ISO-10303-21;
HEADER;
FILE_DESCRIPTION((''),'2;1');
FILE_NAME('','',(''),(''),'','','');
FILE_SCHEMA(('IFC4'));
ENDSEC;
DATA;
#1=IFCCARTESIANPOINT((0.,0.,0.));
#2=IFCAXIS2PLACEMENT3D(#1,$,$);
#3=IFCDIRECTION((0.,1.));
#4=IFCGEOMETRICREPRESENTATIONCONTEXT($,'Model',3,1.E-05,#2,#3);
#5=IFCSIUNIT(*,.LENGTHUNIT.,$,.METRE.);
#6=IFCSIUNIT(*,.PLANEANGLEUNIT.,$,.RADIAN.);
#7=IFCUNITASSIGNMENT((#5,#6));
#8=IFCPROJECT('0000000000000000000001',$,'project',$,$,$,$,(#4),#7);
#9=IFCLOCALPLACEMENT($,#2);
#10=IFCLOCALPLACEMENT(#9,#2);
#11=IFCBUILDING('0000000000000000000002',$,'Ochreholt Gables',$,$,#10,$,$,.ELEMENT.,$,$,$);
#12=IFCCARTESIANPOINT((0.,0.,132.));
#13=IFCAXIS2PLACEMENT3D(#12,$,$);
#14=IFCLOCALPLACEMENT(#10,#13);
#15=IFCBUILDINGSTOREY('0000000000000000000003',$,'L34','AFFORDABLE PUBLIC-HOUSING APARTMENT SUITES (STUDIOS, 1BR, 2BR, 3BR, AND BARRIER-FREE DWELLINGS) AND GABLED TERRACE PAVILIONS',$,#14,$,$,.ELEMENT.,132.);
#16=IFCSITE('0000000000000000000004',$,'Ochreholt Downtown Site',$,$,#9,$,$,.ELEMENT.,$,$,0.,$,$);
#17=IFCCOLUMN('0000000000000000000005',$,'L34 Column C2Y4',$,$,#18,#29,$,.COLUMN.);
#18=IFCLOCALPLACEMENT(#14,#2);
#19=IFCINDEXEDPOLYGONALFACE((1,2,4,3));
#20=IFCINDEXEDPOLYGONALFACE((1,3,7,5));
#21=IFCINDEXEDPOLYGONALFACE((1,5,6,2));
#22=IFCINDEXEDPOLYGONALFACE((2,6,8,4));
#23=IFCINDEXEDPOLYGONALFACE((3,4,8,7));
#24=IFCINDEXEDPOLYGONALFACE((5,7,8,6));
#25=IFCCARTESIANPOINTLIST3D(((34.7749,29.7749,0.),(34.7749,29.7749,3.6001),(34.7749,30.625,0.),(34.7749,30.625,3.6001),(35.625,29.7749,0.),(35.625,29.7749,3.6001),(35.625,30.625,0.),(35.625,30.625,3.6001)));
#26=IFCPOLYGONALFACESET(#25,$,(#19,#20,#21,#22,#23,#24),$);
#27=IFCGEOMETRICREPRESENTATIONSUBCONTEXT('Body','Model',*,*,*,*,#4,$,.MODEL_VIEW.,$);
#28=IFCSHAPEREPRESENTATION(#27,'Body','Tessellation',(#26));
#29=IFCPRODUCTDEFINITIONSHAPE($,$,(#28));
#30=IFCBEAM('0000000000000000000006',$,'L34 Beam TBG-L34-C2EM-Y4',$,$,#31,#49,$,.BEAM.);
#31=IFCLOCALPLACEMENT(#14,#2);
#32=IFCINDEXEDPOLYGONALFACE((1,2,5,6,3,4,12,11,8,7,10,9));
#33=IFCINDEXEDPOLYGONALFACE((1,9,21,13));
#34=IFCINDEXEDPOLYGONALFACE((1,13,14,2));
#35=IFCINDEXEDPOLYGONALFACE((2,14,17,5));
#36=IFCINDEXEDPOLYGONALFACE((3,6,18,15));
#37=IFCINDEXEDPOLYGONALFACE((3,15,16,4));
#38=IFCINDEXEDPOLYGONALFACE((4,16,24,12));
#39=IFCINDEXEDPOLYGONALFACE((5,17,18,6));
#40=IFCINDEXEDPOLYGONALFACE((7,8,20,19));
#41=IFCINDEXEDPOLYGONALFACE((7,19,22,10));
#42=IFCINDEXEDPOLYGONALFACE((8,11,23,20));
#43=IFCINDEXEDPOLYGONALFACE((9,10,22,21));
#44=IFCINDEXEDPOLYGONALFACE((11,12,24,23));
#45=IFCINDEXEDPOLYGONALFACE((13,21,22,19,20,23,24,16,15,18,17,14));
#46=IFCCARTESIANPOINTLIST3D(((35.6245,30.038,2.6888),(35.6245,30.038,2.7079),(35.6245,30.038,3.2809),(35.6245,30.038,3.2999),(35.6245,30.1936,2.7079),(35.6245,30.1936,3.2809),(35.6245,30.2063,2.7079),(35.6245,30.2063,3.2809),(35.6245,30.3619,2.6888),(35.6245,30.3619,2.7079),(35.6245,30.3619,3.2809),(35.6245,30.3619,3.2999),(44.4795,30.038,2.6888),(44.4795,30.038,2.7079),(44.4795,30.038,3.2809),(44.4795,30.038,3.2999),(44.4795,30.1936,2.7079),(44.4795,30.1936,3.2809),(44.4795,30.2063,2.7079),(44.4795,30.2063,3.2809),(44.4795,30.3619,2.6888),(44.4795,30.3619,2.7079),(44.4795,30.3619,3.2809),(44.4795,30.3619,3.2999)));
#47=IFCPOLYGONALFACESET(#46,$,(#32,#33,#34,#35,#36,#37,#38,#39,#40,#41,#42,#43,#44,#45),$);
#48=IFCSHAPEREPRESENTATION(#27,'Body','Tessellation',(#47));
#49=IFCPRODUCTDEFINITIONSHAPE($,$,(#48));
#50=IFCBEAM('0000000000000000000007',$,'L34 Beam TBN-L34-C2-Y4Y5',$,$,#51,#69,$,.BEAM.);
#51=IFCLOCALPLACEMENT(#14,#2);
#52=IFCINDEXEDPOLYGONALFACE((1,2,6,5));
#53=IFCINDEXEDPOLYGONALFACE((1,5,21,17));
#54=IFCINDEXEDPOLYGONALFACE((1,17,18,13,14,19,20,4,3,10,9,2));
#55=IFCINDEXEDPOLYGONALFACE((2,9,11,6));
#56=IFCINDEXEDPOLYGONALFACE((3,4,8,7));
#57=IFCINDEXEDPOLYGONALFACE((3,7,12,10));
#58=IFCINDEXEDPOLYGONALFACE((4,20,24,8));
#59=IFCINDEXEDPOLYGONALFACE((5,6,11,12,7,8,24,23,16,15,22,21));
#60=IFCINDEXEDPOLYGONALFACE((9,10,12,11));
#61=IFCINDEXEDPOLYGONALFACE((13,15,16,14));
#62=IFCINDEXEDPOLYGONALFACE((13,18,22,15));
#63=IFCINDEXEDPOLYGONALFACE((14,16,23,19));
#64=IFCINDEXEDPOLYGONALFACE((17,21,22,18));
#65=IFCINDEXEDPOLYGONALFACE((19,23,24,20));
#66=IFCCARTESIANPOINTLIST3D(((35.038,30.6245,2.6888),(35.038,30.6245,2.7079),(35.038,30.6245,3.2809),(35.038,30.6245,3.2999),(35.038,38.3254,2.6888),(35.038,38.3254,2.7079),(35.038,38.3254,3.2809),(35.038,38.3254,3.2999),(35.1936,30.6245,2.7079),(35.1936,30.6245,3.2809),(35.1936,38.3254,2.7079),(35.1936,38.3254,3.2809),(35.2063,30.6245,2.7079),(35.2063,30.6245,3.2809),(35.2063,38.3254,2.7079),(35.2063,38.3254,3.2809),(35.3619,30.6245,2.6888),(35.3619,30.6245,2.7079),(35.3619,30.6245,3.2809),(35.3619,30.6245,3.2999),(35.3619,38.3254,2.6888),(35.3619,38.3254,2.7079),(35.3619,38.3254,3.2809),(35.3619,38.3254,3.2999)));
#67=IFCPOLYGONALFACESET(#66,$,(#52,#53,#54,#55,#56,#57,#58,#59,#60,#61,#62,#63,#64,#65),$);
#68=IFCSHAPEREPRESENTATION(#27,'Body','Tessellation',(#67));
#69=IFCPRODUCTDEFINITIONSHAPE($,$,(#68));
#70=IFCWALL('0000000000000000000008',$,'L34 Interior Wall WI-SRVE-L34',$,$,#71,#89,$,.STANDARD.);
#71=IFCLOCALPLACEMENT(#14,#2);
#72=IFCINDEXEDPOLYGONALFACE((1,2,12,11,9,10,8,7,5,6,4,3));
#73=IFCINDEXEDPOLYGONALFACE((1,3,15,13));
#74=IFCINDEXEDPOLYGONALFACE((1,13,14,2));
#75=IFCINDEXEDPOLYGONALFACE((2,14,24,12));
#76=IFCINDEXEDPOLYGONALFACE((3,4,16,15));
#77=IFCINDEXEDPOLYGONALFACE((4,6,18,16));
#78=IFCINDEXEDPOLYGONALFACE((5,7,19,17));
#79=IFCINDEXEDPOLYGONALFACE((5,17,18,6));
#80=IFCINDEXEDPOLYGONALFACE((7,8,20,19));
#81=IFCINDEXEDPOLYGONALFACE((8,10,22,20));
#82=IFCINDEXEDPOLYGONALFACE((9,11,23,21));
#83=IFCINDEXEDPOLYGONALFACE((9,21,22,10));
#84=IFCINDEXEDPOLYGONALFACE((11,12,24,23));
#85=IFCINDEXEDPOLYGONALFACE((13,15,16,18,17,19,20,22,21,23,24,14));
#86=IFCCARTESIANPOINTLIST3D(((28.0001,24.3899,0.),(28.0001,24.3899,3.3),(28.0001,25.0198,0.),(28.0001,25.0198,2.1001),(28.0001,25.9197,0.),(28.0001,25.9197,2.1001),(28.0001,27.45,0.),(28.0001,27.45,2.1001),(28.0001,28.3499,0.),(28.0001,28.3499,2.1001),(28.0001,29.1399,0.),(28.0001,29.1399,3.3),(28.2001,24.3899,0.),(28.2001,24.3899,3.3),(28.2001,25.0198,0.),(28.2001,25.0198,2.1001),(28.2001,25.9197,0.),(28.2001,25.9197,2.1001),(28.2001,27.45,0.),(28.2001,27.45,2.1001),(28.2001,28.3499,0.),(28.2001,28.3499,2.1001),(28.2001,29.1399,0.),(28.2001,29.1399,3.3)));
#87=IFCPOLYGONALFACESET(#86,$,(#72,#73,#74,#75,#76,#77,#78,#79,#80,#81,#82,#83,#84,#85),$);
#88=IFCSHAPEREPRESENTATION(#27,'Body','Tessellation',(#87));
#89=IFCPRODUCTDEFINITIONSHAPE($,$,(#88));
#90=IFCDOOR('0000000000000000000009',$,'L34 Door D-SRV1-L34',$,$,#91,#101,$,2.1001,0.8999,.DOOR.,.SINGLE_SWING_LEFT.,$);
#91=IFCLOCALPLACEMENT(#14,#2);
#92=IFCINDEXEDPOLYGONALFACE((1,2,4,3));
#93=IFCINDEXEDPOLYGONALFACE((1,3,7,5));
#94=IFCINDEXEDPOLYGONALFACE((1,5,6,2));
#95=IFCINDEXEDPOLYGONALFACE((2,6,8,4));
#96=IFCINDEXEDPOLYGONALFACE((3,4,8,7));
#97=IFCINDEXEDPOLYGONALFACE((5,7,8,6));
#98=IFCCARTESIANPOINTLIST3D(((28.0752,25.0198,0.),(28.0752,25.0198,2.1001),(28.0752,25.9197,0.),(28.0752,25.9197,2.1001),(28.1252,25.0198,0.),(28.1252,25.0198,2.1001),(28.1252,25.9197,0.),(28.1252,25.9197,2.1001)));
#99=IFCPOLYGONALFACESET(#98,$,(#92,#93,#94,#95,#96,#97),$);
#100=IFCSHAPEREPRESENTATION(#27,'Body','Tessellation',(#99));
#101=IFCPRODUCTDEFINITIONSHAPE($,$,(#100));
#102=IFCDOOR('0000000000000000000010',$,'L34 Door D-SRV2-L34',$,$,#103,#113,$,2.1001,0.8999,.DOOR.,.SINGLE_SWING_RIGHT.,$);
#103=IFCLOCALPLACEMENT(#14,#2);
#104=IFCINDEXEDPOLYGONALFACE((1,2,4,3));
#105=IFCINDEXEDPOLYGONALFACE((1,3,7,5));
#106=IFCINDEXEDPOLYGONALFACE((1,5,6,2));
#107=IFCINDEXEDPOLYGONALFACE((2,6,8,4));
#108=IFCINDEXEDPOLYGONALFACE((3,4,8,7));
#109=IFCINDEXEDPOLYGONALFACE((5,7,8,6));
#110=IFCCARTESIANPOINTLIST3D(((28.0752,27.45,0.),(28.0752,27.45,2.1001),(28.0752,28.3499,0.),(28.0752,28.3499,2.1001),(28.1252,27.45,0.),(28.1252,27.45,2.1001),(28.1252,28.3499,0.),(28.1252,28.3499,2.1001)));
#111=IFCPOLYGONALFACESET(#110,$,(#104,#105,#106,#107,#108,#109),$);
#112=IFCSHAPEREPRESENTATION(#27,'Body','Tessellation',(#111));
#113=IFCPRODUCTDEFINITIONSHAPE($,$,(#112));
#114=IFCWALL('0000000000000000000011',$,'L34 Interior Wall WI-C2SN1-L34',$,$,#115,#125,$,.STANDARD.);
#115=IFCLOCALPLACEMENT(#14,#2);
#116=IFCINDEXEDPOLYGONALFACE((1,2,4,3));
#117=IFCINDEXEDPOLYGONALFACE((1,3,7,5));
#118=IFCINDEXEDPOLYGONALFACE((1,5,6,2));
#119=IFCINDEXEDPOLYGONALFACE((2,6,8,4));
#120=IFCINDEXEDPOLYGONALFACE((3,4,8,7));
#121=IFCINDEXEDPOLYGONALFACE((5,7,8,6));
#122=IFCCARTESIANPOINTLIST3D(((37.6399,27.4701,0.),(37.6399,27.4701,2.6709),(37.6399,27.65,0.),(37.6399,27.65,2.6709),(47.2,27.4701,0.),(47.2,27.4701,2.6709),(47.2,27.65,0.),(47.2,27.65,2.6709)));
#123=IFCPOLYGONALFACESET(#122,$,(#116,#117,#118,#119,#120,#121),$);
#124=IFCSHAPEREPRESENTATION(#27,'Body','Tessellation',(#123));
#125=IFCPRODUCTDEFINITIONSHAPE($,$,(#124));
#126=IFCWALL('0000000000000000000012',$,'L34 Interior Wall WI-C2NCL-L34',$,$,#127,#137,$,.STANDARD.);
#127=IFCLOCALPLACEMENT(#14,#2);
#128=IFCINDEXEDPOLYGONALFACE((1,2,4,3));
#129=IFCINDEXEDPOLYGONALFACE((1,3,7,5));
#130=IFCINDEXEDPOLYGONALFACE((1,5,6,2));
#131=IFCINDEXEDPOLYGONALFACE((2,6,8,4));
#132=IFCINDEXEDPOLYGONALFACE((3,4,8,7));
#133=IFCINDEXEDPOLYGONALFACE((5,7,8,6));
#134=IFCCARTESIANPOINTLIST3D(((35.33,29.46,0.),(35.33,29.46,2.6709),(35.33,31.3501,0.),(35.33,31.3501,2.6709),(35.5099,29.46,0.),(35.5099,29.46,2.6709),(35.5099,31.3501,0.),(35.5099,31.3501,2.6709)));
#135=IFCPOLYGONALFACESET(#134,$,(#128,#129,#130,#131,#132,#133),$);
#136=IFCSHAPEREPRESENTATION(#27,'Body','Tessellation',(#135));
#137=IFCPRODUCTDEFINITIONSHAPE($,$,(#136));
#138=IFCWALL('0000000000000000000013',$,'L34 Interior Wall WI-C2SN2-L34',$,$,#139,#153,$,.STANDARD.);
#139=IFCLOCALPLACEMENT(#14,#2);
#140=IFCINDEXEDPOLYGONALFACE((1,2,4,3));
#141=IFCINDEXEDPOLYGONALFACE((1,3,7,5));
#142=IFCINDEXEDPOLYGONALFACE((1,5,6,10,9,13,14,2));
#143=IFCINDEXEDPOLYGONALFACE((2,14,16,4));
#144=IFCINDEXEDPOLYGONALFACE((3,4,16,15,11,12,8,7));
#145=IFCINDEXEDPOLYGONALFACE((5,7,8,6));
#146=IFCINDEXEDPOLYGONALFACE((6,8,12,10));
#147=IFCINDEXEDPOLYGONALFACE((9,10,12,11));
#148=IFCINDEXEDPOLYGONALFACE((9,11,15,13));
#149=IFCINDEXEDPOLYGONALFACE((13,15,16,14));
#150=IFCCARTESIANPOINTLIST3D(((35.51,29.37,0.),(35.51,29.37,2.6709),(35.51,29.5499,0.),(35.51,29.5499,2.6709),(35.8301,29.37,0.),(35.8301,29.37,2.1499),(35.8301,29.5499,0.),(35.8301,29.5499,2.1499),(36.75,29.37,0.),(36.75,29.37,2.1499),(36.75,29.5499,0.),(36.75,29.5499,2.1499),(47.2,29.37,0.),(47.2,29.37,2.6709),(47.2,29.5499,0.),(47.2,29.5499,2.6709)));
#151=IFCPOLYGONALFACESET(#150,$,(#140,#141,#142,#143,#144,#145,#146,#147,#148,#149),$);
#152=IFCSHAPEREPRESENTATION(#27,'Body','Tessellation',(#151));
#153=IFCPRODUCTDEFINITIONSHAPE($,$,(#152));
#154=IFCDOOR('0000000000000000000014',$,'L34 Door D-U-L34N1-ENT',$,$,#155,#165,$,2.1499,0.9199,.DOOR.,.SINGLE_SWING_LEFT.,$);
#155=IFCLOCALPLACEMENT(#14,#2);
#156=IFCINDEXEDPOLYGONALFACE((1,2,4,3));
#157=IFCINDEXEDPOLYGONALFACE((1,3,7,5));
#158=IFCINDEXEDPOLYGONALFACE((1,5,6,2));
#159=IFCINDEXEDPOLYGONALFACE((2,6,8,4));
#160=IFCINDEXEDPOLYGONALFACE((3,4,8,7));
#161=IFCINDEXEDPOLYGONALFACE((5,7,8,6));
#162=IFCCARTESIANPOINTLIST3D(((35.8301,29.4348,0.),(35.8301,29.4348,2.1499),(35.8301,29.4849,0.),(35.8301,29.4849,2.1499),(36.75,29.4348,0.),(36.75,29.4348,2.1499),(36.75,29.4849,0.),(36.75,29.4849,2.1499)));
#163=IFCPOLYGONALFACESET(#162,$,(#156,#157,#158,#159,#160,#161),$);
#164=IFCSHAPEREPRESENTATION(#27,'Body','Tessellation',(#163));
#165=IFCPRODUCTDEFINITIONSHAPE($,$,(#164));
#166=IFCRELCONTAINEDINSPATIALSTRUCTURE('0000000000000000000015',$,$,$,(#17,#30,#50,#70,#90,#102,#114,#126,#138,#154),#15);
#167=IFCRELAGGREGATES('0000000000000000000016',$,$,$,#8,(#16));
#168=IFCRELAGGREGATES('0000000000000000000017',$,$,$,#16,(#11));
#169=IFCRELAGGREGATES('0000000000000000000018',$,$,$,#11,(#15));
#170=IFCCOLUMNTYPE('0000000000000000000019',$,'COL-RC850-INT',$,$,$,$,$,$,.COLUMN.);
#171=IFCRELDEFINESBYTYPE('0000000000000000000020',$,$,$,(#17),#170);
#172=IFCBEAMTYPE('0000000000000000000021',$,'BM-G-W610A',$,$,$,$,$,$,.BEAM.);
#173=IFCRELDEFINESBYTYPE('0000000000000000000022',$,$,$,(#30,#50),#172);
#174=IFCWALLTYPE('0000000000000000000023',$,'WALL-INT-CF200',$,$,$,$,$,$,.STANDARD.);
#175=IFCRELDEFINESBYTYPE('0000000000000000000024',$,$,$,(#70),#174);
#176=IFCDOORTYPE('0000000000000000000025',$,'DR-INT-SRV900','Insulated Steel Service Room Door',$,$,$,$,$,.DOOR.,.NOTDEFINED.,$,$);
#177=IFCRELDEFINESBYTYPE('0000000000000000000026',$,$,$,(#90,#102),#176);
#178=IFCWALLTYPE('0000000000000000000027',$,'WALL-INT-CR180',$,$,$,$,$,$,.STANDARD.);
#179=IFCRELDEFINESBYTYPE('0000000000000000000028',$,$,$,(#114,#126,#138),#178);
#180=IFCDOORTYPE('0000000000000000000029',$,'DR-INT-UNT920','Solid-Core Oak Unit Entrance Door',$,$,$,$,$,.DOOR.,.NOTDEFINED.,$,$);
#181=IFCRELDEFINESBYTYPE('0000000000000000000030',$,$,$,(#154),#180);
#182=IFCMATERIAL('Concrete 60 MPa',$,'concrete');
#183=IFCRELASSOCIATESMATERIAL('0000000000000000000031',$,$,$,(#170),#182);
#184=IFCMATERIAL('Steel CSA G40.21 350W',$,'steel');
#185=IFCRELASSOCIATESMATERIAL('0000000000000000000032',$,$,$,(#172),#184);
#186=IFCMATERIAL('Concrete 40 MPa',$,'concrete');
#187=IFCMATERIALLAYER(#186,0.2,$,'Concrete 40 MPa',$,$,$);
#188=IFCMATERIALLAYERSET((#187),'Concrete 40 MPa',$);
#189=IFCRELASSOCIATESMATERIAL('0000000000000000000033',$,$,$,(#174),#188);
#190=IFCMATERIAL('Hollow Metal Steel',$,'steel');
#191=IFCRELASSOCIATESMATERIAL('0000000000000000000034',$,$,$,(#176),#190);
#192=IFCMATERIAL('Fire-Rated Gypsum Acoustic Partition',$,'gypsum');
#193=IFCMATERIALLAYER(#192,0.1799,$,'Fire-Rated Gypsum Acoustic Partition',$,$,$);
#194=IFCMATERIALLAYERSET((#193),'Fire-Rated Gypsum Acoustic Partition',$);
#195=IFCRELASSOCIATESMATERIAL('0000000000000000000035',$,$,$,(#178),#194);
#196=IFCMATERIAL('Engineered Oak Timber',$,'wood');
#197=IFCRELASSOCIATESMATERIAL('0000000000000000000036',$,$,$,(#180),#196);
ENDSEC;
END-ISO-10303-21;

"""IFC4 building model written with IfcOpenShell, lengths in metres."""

from ifc_helpers import new_model, si_unit, direction, frame, frame_2d, origin, origin_2d, place, context, subcontext, project, spatial, rectangle, i_section, extrude, material, layer, layer_set, material_profile, profile_set, type_object, element, fill, save


model = new_model("IFC4")

# Units and contexts
model_context = context("Model", 3, precision=1e-05, world=origin(), true_north=direction((0.0, 1.0)))
body_context = subcontext(model_context, "Body", "Model", "MODEL_VIEW")
ifc_project = project(units=[si_unit("LENGTHUNIT", "METRE"), si_unit("PLANEANGLEUNIT", "RADIAN")], contexts=[model_context])

# Site, building, storey
site_placement = place(None, origin())
site = spatial("IfcSite", under=ifc_project, at=site_placement, Name="Ochreholt Downtown Site", CompositionType="ELEMENT", RefElevation=0.0)
building_placement = place(site_placement, origin())
building = spatial("IfcBuilding", under=site, at=building_placement, Name="Ochreholt Gables", CompositionType="ELEMENT")
storey_placement = place(building_placement, frame((0.0, 0.0, 132.0)))
storey = spatial("IfcBuildingStorey", under=building, at=storey_placement, Name="L34", Description="AFFORDABLE PUBLIC-HOUSING APARTMENT SUITES (STUDIOS, 1BR, 2BR, 3BR, AND BARRIER-FREE DWELLINGS) AND GABLED TERRACE PAVILIONS", CompositionType="ELEMENT", Elevation=132.0)

# Column
ifc_material_1 = material(Name="Concrete 60 MPa", Category="concrete")
ifc_material_profile_1 = material_profile(ifc_material_1, rectangle(XDim=0.8501, YDim=0.8501, at=origin_2d()), Name="RC850X850")
ifc_profile_set_1 = profile_set([ifc_material_profile_1], Name="Concrete 60 MPa")
column_type = type_object("IfcColumnType", Name="COL-RC850-INT", PredefinedType="COLUMN", material=ifc_profile_set_1)
column_placement = place(storey_placement, frame((35.2, 30.2, 0.0), z_axis=(0.0, 0.0, 1.0), x_axis=(1.0, 0.0, 0.0)))
element("IfcColumn", 1, at=column_placement, inside=storey, type_object=column_type, Name="L34 Column C2Y4", PredefinedType="COLUMN", context=body_context, shape_type="SweptSolid", body=[
    extrude(rectangle(XDim=0.8501, YDim=0.8501, at=origin_2d()), origin(), (0.0, 0.0, 1.0), 3.6001),
])

# Beams
ifc_material_2 = material(Name="Steel CSA G40.21 350W", Category="steel")
ifc_material_profile_2 = material_profile(ifc_material_2, i_section(OverallWidth=0.324, OverallDepth=0.6111, WebThickness=0.0127, FlangeThickness=0.019, at=origin_2d()), Name="W610X155")
ifc_profile_set_2 = profile_set([ifc_material_profile_2], Name="Steel CSA G40.21 350W")
beam_type = type_object("IfcBeamType", Name="BM-G-W610A", PredefinedType="BEAM", material=ifc_profile_set_2)
beam_1_placement = place(storey_placement, frame((35.6245, 30.2, 2.9944), z_axis=(1.0, 0.0, 0.0), x_axis=(0.0, 1.0, 0.0)))
element("IfcBeam", 2, at=beam_1_placement, inside=storey, type_object=beam_type, Name="L34 Beam TBG-L34-C2EM-Y4", PredefinedType="BEAM", context=body_context, shape_type="SweptSolid", body=[
    extrude(i_section(OverallWidth=0.324, OverallDepth=0.6111, WebThickness=0.0127, FlangeThickness=0.019, at=origin_2d()), origin(), (0.0, 0.0, 1.0), 8.855),
])
beam_2_placement = place(storey_placement, frame((35.2, 30.6245, 2.9944), z_axis=(0.0, 1.0, 0.0), x_axis=(-1.0, 0.0, 0.0)))
element("IfcBeam", 3, at=beam_2_placement, inside=storey, type_object=beam_type, Name="L34 Beam TBN-L34-C2-Y4Y5", PredefinedType="BEAM", context=body_context, shape_type="SweptSolid", body=[
    extrude(i_section(OverallWidth=0.324, OverallDepth=0.6111, WebThickness=0.0127, FlangeThickness=0.019, at=origin_2d()), origin(), (0.0, 0.0, 1.0), 7.7009),
])

# Wall, openings, doors
ifc_material_3 = material(Name="Concrete 40 MPa", Category="concrete")
ifc_layer_1 = layer(ifc_material_3, 0.2, Name="Concrete 40 MPa")
ifc_layer_set_1 = layer_set([ifc_layer_1], Name="Concrete 40 MPa")
wall_type_1 = type_object("IfcWallType", Name="WALL-INT-CF200", PredefinedType="STANDARD", material=ifc_layer_set_1)
wall_1_placement = place(storey_placement, frame((28.1001, 24.3899, 0.0), z_axis=(0.0, 0.0, 1.0), x_axis=(0.0, 1.0, 0.0)))
wall_1 = element("IfcWall", 4, at=wall_1_placement, inside=storey, type_object=wall_type_1, Name="L34 Interior Wall WI-SRVE-L34", PredefinedType="STANDARD", context=body_context, shape_type="SweptSolid", body=[
    extrude(rectangle(XDim=4.75, YDim=0.2, at=frame_2d((2.375, 0.0))), origin(), (0.0, 0.0, 1.0), 3.3),
])
opening_1_placement = place(wall_1_placement, frame((0.6299, 0.0, 0.0)))
opening_1 = element("IfcOpeningElement", 5, at=opening_1_placement, cuts=wall_1, PredefinedType="OPENING", context=body_context, shape_type="SweptSolid", body=[
    extrude(rectangle(XDim=0.8999, YDim=2.1001, at=frame_2d((0.45, 1.05))), frame((0.0, 0.1099, 0.0), z_axis=(0.0, -1.0, 0.0), x_axis=(1.0, 0.0, 0.0)), (0.0, 0.0, 1.0), 0.22),
])
opening_2_placement = place(wall_1_placement, frame((3.0601, 0.0, 0.0)))
opening_2 = element("IfcOpeningElement", 6, at=opening_2_placement, cuts=wall_1, PredefinedType="OPENING", context=body_context, shape_type="SweptSolid", body=[
    extrude(rectangle(XDim=0.8999, YDim=2.1001, at=frame_2d((0.45, 1.05))), frame((0.0, 0.1099, 0.0), z_axis=(0.0, -1.0, 0.0), x_axis=(1.0, 0.0, 0.0)), (0.0, 0.0, 1.0), 0.22),
])
ifc_material_4 = material(Name="Hollow Metal Steel", Category="steel")
door_type_1 = type_object("IfcDoorType", Name="DR-INT-SRV900", Description="Insulated Steel Service Room Door", OperationType="NOTDEFINED", PredefinedType="DOOR", material=ifc_material_4)
door_1_placement = place(opening_1_placement, origin())
door_1 = element("IfcDoor", 7, at=door_1_placement, inside=storey, type_object=door_type_1, Name="L34 Door D-SRV1-L34", OperationType="SINGLE_SWING_LEFT", OverallHeight=2.1001, OverallWidth=0.8999, PredefinedType="DOOR", context=body_context, shape_type="SweptSolid", body=[
    extrude(rectangle(XDim=0.8999, YDim=2.1001, at=frame_2d((0.45, 1.05))), frame((0.0, 0.0249, 0.0), z_axis=(0.0, -1.0, 0.0), x_axis=(1.0, 0.0, 0.0)), (0.0, 0.0, 1.0), 0.05),
])
fill(opening_1, door_1)
door_2_placement = place(opening_2_placement, origin())
door_2 = element("IfcDoor", 8, at=door_2_placement, inside=storey, type_object=door_type_1, Name="L34 Door D-SRV2-L34", OperationType="SINGLE_SWING_RIGHT", OverallHeight=2.1001, OverallWidth=0.8999, PredefinedType="DOOR", context=body_context, shape_type="SweptSolid", body=[
    extrude(rectangle(XDim=0.8999, YDim=2.1001, at=frame_2d((0.45, 1.05))), frame((0.0, 0.0249, 0.0), z_axis=(0.0, -1.0, 0.0), x_axis=(1.0, 0.0, 0.0)), (0.0, 0.0, 1.0), 0.05),
])
fill(opening_2, door_2)

# Walls
ifc_material_5 = material(Name="Fire-Rated Gypsum Acoustic Partition", Category="gypsum")
ifc_layer_2 = layer(ifc_material_5, 0.1799, Name="Fire-Rated Gypsum Acoustic Partition")
ifc_layer_set_2 = layer_set([ifc_layer_2], Name="Fire-Rated Gypsum Acoustic Partition")
wall_type_2 = type_object("IfcWallType", Name="WALL-INT-CR180", PredefinedType="STANDARD", material=ifc_layer_set_2)
wall_2_placement = place(storey_placement, frame((37.6399, 27.5601, 0.0), z_axis=(0.0, 0.0, 1.0), x_axis=(1.0, 0.0, 0.0)))
element("IfcWall", 9, at=wall_2_placement, inside=storey, type_object=wall_type_2, Name="L34 Interior Wall WI-C2SN1-L34", PredefinedType="STANDARD", context=body_context, shape_type="SweptSolid", body=[
    extrude(rectangle(XDim=9.5601, YDim=0.1799, at=frame_2d((4.78, 0.0))), origin(), (0.0, 0.0, 1.0), 2.6709),
])
wall_3_placement = place(storey_placement, frame((35.4199, 29.46, 0.0), z_axis=(0.0, 0.0, 1.0), x_axis=(0.0, 1.0, 0.0)))
element("IfcWall", 10, at=wall_3_placement, inside=storey, type_object=wall_type_2, Name="L34 Interior Wall WI-C2NCL-L34", PredefinedType="STANDARD", context=body_context, shape_type="SweptSolid", body=[
    extrude(rectangle(XDim=1.8901, YDim=0.1799, at=frame_2d((0.9451, 0.0))), origin(), (0.0, 0.0, 1.0), 2.6709),
])

# Wall, opening, door
wall_4_placement = place(storey_placement, frame((35.51, 29.46, 0.0), z_axis=(0.0, 0.0, 1.0), x_axis=(1.0, 0.0, 0.0)))
wall_4 = element("IfcWall", 11, at=wall_4_placement, inside=storey, type_object=wall_type_2, Name="L34 Interior Wall WI-C2SN2-L34", PredefinedType="STANDARD", context=body_context, shape_type="SweptSolid", body=[
    extrude(rectangle(XDim=11.6899, YDim=0.1799, at=frame_2d((5.845, 0.0))), origin(), (0.0, 0.0, 1.0), 2.6709),
])
opening_3_placement = place(wall_4_placement, frame((0.3201, 0.0, 0.0)))
opening_3 = element("IfcOpeningElement", 12, at=opening_3_placement, cuts=wall_4, PredefinedType="OPENING", context=body_context, shape_type="SweptSolid", body=[
    extrude(rectangle(XDim=0.9199, YDim=2.1499, at=frame_2d((0.46, 1.075))), frame((0.0, 0.0999, 0.0), z_axis=(0.0, -1.0, 0.0), x_axis=(1.0, 0.0, 0.0)), (0.0, 0.0, 1.0), 0.2),
])
ifc_material_6 = material(Name="Engineered Oak Timber", Category="wood")
door_type_2 = type_object("IfcDoorType", Name="DR-INT-UNT920", Description="Solid-Core Oak Unit Entrance Door", OperationType="NOTDEFINED", PredefinedType="DOOR", material=ifc_material_6)
door_3_placement = place(opening_3_placement, origin())
door_3 = element("IfcDoor", 13, at=door_3_placement, inside=storey, type_object=door_type_2, Name="L34 Door D-U-L34N1-ENT", OperationType="SINGLE_SWING_LEFT", OverallHeight=2.1499, OverallWidth=0.9199, PredefinedType="DOOR", context=body_context, shape_type="SweptSolid", body=[
    extrude(rectangle(XDim=0.9199, YDim=2.1499, at=frame_2d((0.46, 1.075))), frame((0.0, 0.0249, 0.0), z_axis=(0.0, -1.0, 0.0), x_axis=(1.0, 0.0, 0.0)), (0.0, 0.0, 1.0), 0.05),
])
fill(opening_3, door_3)

save(model, "model.ifc")
